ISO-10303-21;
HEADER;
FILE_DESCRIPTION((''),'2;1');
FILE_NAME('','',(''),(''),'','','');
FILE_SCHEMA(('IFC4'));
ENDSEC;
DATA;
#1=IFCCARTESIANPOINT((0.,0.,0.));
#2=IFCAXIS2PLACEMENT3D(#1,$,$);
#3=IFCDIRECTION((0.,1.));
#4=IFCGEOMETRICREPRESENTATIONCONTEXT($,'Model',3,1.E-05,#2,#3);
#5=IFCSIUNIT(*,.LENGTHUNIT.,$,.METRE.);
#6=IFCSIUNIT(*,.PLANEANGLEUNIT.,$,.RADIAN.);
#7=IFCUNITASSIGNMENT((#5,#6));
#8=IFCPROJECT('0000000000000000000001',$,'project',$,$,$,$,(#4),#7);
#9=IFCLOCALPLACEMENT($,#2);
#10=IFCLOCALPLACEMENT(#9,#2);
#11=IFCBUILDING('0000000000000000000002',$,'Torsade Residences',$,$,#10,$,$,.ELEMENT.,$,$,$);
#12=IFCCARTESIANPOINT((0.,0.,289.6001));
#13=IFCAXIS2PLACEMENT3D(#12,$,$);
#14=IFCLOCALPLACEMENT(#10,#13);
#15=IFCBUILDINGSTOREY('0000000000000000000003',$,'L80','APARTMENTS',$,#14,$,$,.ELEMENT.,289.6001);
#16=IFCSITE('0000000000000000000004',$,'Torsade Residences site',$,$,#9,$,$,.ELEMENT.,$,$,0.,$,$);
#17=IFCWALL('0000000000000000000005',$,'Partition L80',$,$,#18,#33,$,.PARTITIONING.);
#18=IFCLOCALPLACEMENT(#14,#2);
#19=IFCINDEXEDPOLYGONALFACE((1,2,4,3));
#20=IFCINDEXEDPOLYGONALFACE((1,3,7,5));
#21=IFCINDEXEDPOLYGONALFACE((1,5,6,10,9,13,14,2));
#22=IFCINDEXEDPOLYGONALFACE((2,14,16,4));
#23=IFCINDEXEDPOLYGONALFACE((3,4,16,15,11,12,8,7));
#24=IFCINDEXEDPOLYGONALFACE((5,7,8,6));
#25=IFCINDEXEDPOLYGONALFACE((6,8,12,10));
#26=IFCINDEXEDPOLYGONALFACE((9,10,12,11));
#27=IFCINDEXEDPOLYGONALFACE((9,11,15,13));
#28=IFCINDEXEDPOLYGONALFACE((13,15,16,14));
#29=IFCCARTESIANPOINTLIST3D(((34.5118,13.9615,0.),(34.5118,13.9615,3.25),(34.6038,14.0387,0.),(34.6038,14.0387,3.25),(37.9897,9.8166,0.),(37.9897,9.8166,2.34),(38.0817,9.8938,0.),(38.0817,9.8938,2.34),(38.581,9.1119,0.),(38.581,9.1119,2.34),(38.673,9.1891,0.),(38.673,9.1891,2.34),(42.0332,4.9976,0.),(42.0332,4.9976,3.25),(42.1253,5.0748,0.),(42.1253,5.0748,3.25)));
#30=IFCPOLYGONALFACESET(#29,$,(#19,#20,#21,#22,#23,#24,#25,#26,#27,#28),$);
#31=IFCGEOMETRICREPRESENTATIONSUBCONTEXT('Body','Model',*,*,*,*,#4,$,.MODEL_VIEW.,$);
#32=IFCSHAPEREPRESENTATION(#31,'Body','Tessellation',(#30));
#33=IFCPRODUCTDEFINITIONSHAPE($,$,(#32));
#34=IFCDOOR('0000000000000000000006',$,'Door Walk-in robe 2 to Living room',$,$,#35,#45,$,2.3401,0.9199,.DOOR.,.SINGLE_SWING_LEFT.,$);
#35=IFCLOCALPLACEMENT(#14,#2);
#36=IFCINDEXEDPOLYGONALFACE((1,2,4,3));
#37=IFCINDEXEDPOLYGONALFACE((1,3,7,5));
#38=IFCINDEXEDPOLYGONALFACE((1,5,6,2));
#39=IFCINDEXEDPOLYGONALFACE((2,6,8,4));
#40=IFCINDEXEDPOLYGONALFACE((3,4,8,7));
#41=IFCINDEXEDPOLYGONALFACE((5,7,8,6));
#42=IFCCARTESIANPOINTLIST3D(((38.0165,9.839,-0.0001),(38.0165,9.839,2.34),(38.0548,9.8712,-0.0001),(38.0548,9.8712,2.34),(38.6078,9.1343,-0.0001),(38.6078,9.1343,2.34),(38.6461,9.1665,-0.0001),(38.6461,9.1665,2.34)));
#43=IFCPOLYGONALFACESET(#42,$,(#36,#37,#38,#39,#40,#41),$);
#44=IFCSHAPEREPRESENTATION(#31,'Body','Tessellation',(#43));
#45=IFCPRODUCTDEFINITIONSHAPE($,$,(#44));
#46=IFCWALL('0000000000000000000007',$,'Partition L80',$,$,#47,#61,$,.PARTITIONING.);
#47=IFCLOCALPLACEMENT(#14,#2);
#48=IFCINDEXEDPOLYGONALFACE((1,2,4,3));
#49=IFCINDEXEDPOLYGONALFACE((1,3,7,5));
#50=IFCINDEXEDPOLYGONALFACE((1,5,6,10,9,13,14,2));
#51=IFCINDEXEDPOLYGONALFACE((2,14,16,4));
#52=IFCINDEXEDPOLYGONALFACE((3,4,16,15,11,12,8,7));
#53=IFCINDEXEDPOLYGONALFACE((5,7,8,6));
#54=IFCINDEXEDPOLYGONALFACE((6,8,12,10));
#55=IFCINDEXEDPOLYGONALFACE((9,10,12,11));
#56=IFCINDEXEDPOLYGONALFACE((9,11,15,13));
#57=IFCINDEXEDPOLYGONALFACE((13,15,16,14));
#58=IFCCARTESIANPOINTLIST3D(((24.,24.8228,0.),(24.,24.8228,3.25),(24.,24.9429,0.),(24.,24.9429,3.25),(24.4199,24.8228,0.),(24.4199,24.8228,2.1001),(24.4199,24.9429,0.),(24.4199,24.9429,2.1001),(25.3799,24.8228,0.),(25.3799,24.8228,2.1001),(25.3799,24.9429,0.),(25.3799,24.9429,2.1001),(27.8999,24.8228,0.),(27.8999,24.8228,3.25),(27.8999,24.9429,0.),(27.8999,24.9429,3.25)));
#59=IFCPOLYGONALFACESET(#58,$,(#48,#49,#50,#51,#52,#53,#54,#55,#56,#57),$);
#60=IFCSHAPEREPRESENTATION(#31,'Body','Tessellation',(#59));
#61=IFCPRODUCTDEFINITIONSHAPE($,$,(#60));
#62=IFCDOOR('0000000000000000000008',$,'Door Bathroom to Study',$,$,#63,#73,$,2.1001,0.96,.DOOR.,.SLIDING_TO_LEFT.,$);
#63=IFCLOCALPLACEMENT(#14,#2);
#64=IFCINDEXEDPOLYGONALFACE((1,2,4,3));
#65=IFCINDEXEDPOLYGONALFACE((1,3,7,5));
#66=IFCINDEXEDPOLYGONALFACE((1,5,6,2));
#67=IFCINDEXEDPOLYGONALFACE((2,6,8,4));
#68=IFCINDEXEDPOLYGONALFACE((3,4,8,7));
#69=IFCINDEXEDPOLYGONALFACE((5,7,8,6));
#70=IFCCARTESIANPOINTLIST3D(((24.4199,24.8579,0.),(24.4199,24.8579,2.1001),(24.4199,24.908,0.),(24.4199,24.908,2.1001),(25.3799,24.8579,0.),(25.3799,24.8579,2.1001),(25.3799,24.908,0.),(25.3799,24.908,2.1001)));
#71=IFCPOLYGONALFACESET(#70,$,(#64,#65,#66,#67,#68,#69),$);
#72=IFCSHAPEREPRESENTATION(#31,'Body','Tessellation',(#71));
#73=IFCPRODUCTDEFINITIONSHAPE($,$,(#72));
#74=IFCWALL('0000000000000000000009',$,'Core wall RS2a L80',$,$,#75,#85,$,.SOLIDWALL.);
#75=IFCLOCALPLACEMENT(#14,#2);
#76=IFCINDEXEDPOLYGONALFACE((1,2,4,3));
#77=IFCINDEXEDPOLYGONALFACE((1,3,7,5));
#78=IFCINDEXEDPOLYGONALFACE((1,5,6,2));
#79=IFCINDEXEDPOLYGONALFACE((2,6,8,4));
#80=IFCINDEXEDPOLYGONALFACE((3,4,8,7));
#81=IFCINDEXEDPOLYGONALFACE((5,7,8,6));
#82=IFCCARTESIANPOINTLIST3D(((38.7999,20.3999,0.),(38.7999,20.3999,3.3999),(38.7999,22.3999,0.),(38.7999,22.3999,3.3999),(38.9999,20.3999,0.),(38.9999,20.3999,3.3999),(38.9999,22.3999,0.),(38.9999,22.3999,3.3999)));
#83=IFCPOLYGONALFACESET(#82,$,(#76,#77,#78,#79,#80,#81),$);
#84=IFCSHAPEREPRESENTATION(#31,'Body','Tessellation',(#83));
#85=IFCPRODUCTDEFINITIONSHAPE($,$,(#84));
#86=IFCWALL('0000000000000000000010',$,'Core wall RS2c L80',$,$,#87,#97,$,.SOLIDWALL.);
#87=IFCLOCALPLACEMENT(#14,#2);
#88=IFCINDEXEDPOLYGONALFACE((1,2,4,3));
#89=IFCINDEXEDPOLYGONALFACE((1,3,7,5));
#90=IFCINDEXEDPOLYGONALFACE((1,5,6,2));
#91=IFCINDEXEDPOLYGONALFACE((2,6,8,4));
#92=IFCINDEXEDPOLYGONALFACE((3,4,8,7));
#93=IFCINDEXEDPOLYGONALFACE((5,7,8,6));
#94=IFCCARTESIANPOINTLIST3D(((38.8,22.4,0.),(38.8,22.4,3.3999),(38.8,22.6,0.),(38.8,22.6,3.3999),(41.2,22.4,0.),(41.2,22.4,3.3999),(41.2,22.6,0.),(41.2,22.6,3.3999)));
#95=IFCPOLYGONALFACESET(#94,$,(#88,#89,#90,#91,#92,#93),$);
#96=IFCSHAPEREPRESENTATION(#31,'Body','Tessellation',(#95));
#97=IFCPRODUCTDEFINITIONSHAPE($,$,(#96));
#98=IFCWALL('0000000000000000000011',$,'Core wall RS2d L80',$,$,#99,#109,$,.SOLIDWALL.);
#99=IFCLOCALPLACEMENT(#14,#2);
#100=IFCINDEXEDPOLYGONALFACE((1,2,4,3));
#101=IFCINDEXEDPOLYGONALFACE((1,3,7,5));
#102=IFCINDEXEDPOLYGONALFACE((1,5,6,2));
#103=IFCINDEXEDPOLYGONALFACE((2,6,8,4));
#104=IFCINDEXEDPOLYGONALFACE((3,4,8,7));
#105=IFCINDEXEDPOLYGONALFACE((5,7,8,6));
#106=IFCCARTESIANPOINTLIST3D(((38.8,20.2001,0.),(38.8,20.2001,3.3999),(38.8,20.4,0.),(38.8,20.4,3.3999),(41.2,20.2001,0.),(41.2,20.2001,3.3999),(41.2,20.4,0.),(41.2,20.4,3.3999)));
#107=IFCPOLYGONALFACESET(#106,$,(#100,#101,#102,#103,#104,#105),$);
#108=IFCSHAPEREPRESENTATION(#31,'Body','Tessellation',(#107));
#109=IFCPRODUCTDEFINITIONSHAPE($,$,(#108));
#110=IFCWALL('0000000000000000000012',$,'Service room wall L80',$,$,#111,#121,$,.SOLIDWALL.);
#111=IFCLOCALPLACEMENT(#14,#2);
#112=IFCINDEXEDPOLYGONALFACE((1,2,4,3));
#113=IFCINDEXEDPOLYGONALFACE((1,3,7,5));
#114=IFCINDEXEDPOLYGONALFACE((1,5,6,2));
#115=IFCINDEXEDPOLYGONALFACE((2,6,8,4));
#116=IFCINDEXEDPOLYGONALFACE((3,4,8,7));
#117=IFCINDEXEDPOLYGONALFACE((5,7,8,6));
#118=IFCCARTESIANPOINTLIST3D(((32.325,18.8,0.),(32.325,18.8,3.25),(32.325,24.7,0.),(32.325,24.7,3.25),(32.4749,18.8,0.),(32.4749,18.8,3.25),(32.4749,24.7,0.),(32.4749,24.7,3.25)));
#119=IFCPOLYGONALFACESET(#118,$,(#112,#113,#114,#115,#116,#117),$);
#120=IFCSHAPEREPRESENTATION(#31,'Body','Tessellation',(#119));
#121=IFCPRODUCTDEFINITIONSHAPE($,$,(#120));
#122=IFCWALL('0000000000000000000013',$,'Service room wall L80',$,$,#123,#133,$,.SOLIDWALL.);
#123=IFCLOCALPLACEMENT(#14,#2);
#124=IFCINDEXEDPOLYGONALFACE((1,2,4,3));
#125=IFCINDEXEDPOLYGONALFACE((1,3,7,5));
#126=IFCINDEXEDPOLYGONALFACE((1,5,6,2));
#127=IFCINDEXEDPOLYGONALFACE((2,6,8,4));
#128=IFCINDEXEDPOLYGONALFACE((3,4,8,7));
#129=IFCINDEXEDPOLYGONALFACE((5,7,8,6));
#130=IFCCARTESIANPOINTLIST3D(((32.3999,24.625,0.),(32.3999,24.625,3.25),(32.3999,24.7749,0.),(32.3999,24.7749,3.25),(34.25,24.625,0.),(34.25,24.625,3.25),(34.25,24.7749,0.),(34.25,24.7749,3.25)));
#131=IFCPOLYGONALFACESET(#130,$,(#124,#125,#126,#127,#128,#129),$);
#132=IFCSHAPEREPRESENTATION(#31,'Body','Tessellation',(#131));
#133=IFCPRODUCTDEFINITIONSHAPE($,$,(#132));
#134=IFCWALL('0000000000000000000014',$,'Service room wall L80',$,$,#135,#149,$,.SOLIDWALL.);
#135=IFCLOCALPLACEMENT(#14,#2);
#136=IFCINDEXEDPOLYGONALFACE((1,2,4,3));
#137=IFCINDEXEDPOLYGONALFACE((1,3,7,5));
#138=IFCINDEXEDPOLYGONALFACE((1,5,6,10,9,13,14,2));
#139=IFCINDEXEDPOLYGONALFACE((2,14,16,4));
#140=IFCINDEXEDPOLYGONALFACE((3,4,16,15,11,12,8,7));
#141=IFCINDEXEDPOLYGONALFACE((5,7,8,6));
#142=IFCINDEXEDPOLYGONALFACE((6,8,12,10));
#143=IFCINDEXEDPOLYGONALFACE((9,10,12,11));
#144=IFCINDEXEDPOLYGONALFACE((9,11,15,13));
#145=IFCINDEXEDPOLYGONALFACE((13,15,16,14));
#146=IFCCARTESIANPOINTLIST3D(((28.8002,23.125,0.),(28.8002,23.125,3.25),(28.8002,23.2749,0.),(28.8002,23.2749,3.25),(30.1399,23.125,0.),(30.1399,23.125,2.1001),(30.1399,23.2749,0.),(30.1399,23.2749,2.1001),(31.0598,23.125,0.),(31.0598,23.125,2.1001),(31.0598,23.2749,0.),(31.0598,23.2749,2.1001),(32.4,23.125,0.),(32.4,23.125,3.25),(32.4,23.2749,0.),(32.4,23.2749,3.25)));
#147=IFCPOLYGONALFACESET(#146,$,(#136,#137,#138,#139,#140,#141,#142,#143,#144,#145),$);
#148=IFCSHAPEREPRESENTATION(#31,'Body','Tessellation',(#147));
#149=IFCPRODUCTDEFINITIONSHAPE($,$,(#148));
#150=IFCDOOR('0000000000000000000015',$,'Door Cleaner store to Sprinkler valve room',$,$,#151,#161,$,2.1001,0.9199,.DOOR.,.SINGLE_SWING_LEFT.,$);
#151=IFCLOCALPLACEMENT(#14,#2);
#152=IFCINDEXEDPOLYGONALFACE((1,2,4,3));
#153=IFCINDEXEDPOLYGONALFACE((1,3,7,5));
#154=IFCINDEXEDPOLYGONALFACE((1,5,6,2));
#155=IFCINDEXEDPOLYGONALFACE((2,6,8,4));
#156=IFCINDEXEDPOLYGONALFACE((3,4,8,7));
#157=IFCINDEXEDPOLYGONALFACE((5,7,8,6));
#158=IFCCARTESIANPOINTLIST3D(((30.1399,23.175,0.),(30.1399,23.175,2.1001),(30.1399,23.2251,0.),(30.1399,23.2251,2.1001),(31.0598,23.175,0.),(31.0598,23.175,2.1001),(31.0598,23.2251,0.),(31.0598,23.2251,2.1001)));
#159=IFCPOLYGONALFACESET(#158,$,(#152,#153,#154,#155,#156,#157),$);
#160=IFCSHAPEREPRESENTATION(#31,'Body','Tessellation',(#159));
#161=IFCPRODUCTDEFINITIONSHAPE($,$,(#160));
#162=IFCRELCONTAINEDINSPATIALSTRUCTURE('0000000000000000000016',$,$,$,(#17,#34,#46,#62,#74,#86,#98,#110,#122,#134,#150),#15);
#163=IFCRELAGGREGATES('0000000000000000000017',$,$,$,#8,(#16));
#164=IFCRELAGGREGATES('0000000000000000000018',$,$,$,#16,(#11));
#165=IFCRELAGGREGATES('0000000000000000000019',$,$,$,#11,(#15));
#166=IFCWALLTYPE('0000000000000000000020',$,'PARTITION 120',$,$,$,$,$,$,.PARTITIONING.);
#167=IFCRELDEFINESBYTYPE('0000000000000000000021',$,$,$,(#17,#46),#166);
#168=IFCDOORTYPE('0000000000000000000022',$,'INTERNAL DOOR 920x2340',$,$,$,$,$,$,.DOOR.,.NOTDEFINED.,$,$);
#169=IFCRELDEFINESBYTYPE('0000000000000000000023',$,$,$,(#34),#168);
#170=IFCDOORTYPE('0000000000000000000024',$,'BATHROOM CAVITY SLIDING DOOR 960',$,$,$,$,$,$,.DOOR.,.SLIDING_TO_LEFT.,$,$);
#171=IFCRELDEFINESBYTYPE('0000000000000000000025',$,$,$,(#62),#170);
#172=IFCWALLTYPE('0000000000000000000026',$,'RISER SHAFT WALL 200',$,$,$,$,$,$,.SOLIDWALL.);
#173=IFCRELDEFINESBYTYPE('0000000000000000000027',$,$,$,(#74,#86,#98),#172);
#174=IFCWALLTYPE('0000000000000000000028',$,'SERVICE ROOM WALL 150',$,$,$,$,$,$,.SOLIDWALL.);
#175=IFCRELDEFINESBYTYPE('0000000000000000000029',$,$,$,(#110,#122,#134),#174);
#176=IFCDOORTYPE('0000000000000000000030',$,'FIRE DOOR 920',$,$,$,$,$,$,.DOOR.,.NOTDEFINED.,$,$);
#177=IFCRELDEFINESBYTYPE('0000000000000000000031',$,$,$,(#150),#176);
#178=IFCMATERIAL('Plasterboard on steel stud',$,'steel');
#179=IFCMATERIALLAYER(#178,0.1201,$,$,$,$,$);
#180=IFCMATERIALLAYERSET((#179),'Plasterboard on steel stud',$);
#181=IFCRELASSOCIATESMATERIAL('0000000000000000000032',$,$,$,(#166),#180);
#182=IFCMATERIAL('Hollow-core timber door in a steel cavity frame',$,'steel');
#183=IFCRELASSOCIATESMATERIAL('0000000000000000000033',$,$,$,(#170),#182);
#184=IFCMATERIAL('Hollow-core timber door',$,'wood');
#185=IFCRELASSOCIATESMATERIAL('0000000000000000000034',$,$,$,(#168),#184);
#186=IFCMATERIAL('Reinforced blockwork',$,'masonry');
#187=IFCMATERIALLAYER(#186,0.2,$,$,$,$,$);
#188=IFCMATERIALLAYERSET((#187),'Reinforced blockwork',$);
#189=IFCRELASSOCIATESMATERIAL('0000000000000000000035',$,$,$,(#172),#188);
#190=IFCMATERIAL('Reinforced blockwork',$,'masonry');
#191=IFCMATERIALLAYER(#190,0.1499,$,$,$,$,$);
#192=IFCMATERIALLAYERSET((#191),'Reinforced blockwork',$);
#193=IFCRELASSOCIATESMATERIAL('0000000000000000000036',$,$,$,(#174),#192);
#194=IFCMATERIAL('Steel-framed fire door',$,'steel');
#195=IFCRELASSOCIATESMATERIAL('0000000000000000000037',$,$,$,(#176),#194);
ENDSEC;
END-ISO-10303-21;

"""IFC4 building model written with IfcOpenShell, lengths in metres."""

from ifc_helpers import new_model, si_unit, direction, frame, frame_2d, origin, place, context, subcontext, project, spatial, rectangle, extrude, material, layer, layer_set, type_object, element, fill, save


model = new_model("IFC4")

# Units and contexts
model_context = context("Model", 3, precision=1e-05, world=origin(), true_north=direction((0.0, 1.0)))
body_context = subcontext(model_context, "Body", "Model", "MODEL_VIEW")
ifc_project = project(units=[si_unit("LENGTHUNIT", "METRE"), si_unit("PLANEANGLEUNIT", "RADIAN")], contexts=[model_context])

# Site, building, storey
site_placement = place(None, origin())
site = spatial("IfcSite", under=ifc_project, at=site_placement, Name="Torsade Residences site", CompositionType="ELEMENT", RefElevation=0.0)
building_placement = place(site_placement, origin())
building = spatial("IfcBuilding", under=site, at=building_placement, Name="Torsade Residences", CompositionType="ELEMENT")
storey_placement = place(building_placement, frame((0.0, 0.0, 289.6001)))
storey = spatial("IfcBuildingStorey", under=building, at=storey_placement, Name="L80", Description="APARTMENTS", CompositionType="ELEMENT", Elevation=289.6001)

# Walls, openings, doors
ifc_material_1 = material(Name="Plasterboard on steel stud", Category="steel")
ifc_layer_1 = layer(ifc_material_1, 0.1201)
ifc_layer_set_1 = layer_set([ifc_layer_1], Name="Plasterboard on steel stud")
wall_type_1 = type_object("IfcWallType", Name="PARTITION 120", PredefinedType="PARTITIONING", material=ifc_layer_set_1)
ifc_material_2 = material(Name="Hollow-core timber door in a steel cavity frame", Category="steel")
door_type_1 = type_object("IfcDoorType", Name="BATHROOM CAVITY SLIDING DOOR 960", OperationType="SLIDING_TO_LEFT", PredefinedType="DOOR", material=ifc_material_2)
wall_1_placement = place(storey_placement, frame((34.5579, 14.0, 0.0), z_axis=(0.0, 0.0, 1.0), x_axis=(0.642783, -0.766048, 0.0)))
wall_1 = element("IfcWall", 1, at=wall_1_placement, inside=storey, type_object=wall_type_1, Name="Partition L80", PredefinedType="PARTITIONING", context=body_context, shape_type="SweptSolid", body=[
    extrude(rectangle(XDim=11.7014, YDim=0.1201, at=frame_2d((5.8506, 0.0))), origin(), (0.0, 0.0, 1.0), 3.25),
])
opening_1_placement = place(wall_1_placement, frame((5.4106, 0.0, 0.0)))
opening_1 = element("IfcOpeningElement", 2, at=opening_1_placement, cuts=wall_1, PredefinedType="OPENING", context=body_context, shape_type="SweptSolid", body=[
    extrude(rectangle(XDim=0.9199, YDim=2.3401, at=frame_2d((0.46, 1.1699))), frame((0.0, 0.0701, 0.0), z_axis=(0.0, -1.0, 0.0), x_axis=(1.0, 0.0, 0.0)), (0.0, 0.0, 1.0), 0.1401),
])
ifc_material_3 = material(Name="Hollow-core timber door", Category="wood")
door_type_2 = type_object("IfcDoorType", Name="INTERNAL DOOR 920x2340", OperationType="NOTDEFINED", PredefinedType="DOOR", material=ifc_material_3)
door_1_placement = place(opening_1_placement, origin())
door_1 = element("IfcDoor", 3, at=door_1_placement, inside=storey, type_object=door_type_2, Name="Door Walk-in robe 2 to Living room", OperationType="SINGLE_SWING_LEFT", OverallHeight=2.3401, OverallWidth=0.9199, PredefinedType="DOOR", context=body_context, shape_type="SweptSolid", body=[
    extrude(rectangle(XDim=0.9199, YDim=2.3401, at=frame_2d((0.46, 1.1699))), frame((0.0, 0.0249, 0.0), z_axis=(0.0, -1.0, 0.0), x_axis=(1.0, 0.0, 0.0)), (0.0, 0.0, 1.0), 0.05),
])
fill(opening_1, door_1)
wall_2_placement = place(storey_placement, frame((27.8999, 24.8828, 0.0), z_axis=(0.0, 0.0, 1.0), x_axis=(-1.0, 0.0, 0.0)))
wall_2 = element("IfcWall", 4, at=wall_2_placement, inside=storey, type_object=wall_type_1, Name="Partition L80", PredefinedType="PARTITIONING", context=body_context, shape_type="SweptSolid", body=[
    extrude(rectangle(XDim=3.8999, YDim=0.1201, at=frame_2d((1.95, 0.0))), origin(), (0.0, 0.0, 1.0), 3.25),
])
opening_2_placement = place(wall_2_placement, frame((2.52, 0.0, 0.0)))
opening_2 = element("IfcOpeningElement", 5, at=opening_2_placement, cuts=wall_2, PredefinedType="OPENING", context=body_context, shape_type="SweptSolid", body=[
    extrude(rectangle(XDim=0.96, YDim=2.1001, at=frame_2d((0.48, 1.05))), frame((0.0, 0.0701, 0.0), z_axis=(0.0, -1.0, 0.0), x_axis=(1.0, 0.0, 0.0)), (0.0, 0.0, 1.0), 0.1401),
])
door_2_placement = place(opening_2_placement, origin())
door_2 = element("IfcDoor", 6, at=door_2_placement, inside=storey, type_object=door_type_1, Name="Door Bathroom to Study", OperationType="SLIDING_TO_LEFT", OverallHeight=2.1001, OverallWidth=0.96, PredefinedType="DOOR", context=body_context, shape_type="SweptSolid", body=[
    extrude(rectangle(XDim=0.96, YDim=2.1001, at=frame_2d((0.48, 1.05))), frame((0.0, 0.0249, 0.0), z_axis=(0.0, -1.0, 0.0), x_axis=(1.0, 0.0, 0.0)), (0.0, 0.0, 1.0), 0.05),
])
fill(opening_2, door_2)

# Walls
ifc_material_4 = material(Name="Reinforced blockwork", Category="masonry")
ifc_layer_2 = layer(ifc_material_4, 0.2)
ifc_layer_set_2 = layer_set([ifc_layer_2], Name="Reinforced blockwork")
wall_type_2 = type_object("IfcWallType", Name="RISER SHAFT WALL 200", PredefinedType="SOLIDWALL", material=ifc_layer_set_2)
wall_3_placement = place(storey_placement, frame((38.8999, 22.3999, 0.0), z_axis=(0.0, 0.0, 1.0), x_axis=(0.0, -1.0, 0.0)))
element("IfcWall", 7, at=wall_3_placement, inside=storey, type_object=wall_type_2, Name="Core wall RS2a L80", PredefinedType="SOLIDWALL", context=body_context, shape_type="SweptSolid", body=[
    extrude(rectangle(XDim=2.0, YDim=0.2, at=frame_2d((1.0, 0.0))), origin(), (0.0, 0.0, 1.0), 3.3999),
])
for number, where, z_axis, x_axis, name in (
    (8, (38.8, 22.5, 0.0), (0.0, 0.0, 1.0), (1.0, 0.0, 0.0), "Core wall RS2c L80"),
    (9, (38.8, 20.3, 0.0), (0.0, 0.0, 1.0), (1.0, 0.0, 0.0), "Core wall RS2d L80"),
):
    element("IfcWall", number, at=place(storey_placement, frame(where, z_axis=z_axis, x_axis=x_axis)), inside=storey, type_object=wall_type_2, Name=name, PredefinedType="SOLIDWALL", context=body_context, shape_type="SweptSolid", body=[
        extrude(rectangle(XDim=2.3999, YDim=0.2, at=frame_2d((1.2, 0.0))), origin(), (0.0, 0.0, 1.0), 3.3999),
    ])
ifc_material_5 = material(Name="Reinforced blockwork", Category="masonry")
ifc_layer_3 = layer(ifc_material_5, 0.1499)
ifc_layer_set_3 = layer_set([ifc_layer_3], Name="Reinforced blockwork")
wall_type_3 = type_object("IfcWallType", Name="SERVICE ROOM WALL 150", PredefinedType="SOLIDWALL", material=ifc_layer_set_3)
wall_4_placement = place(storey_placement, frame((32.3999, 18.8, 0.0), z_axis=(0.0, 0.0, 1.0), x_axis=(0.0, 1.0, 0.0)))
element("IfcWall", 10, at=wall_4_placement, inside=storey, type_object=wall_type_3, Name="Service room wall L80", PredefinedType="SOLIDWALL", context=body_context, shape_type="SweptSolid", body=[
    extrude(rectangle(XDim=5.8999, YDim=0.1499, at=frame_2d((2.95, 0.0))), origin(), (0.0, 0.0, 1.0), 3.25),
])
wall_5_placement = place(storey_placement, frame((32.3999, 24.7, 0.0), z_axis=(0.0, 0.0, 1.0), x_axis=(1.0, 0.0, 0.0)))
element("IfcWall", 11, at=wall_5_placement, inside=storey, type_object=wall_type_3, Name="Service room wall L80", PredefinedType="SOLIDWALL", context=body_context, shape_type="SweptSolid", body=[
    extrude(rectangle(XDim=1.8501, YDim=0.1499, at=frame_2d((0.925, 0.0))), origin(), (0.0, 0.0, 1.0), 3.25),
])

# Wall, opening, door
wall_6_placement = place(storey_placement, frame((32.3999, 23.2, 0.0), z_axis=(0.0, 0.0, 1.0), x_axis=(-1.0, 0.0, 0.0)))
wall_6 = element("IfcWall", 12, at=wall_6_placement, inside=storey, type_object=wall_type_3, Name="Service room wall L80", PredefinedType="SOLIDWALL", context=body_context, shape_type="SweptSolid", body=[
    extrude(rectangle(XDim=3.5999, YDim=0.1499, at=frame_2d((1.7998, 0.0))), origin(), (0.0, 0.0, 1.0), 3.25),
])
opening_3_placement = place(wall_6_placement, frame((1.3401, 0.0, 0.0)))
opening_3 = element("IfcOpeningElement", 13, at=opening_3_placement, cuts=wall_6, PredefinedType="OPENING", context=body_context, shape_type="SweptSolid", body=[
    extrude(rectangle(XDim=0.9199, YDim=2.1001, at=frame_2d((0.46, 1.05))), frame((0.0, 0.085, 0.0), z_axis=(0.0, -1.0, 0.0), x_axis=(1.0, 0.0, 0.0)), (0.0, 0.0, 1.0), 0.1699),
])
ifc_material_6 = material(Name="Steel-framed fire door", Category="steel")
door_type_3 = type_object("IfcDoorType", Name="FIRE DOOR 920", OperationType="NOTDEFINED", PredefinedType="DOOR", material=ifc_material_6)
door_3_placement = place(opening_3_placement, origin())
door_3 = element("IfcDoor", 14, at=door_3_placement, inside=storey, type_object=door_type_3, Name="Door Cleaner store to Sprinkler valve room", OperationType="SINGLE_SWING_LEFT", OverallHeight=2.1001, OverallWidth=0.9199, PredefinedType="DOOR", context=body_context, shape_type="SweptSolid", body=[
    extrude(rectangle(XDim=0.9199, YDim=2.1001, at=frame_2d((0.46, 1.05))), frame((0.0, 0.0249, 0.0), z_axis=(0.0, -1.0, 0.0), x_axis=(1.0, 0.0, 0.0)), (0.0, 0.0, 1.0), 0.05),
])
fill(opening_3, door_3)

save(model, "model.ifc")
